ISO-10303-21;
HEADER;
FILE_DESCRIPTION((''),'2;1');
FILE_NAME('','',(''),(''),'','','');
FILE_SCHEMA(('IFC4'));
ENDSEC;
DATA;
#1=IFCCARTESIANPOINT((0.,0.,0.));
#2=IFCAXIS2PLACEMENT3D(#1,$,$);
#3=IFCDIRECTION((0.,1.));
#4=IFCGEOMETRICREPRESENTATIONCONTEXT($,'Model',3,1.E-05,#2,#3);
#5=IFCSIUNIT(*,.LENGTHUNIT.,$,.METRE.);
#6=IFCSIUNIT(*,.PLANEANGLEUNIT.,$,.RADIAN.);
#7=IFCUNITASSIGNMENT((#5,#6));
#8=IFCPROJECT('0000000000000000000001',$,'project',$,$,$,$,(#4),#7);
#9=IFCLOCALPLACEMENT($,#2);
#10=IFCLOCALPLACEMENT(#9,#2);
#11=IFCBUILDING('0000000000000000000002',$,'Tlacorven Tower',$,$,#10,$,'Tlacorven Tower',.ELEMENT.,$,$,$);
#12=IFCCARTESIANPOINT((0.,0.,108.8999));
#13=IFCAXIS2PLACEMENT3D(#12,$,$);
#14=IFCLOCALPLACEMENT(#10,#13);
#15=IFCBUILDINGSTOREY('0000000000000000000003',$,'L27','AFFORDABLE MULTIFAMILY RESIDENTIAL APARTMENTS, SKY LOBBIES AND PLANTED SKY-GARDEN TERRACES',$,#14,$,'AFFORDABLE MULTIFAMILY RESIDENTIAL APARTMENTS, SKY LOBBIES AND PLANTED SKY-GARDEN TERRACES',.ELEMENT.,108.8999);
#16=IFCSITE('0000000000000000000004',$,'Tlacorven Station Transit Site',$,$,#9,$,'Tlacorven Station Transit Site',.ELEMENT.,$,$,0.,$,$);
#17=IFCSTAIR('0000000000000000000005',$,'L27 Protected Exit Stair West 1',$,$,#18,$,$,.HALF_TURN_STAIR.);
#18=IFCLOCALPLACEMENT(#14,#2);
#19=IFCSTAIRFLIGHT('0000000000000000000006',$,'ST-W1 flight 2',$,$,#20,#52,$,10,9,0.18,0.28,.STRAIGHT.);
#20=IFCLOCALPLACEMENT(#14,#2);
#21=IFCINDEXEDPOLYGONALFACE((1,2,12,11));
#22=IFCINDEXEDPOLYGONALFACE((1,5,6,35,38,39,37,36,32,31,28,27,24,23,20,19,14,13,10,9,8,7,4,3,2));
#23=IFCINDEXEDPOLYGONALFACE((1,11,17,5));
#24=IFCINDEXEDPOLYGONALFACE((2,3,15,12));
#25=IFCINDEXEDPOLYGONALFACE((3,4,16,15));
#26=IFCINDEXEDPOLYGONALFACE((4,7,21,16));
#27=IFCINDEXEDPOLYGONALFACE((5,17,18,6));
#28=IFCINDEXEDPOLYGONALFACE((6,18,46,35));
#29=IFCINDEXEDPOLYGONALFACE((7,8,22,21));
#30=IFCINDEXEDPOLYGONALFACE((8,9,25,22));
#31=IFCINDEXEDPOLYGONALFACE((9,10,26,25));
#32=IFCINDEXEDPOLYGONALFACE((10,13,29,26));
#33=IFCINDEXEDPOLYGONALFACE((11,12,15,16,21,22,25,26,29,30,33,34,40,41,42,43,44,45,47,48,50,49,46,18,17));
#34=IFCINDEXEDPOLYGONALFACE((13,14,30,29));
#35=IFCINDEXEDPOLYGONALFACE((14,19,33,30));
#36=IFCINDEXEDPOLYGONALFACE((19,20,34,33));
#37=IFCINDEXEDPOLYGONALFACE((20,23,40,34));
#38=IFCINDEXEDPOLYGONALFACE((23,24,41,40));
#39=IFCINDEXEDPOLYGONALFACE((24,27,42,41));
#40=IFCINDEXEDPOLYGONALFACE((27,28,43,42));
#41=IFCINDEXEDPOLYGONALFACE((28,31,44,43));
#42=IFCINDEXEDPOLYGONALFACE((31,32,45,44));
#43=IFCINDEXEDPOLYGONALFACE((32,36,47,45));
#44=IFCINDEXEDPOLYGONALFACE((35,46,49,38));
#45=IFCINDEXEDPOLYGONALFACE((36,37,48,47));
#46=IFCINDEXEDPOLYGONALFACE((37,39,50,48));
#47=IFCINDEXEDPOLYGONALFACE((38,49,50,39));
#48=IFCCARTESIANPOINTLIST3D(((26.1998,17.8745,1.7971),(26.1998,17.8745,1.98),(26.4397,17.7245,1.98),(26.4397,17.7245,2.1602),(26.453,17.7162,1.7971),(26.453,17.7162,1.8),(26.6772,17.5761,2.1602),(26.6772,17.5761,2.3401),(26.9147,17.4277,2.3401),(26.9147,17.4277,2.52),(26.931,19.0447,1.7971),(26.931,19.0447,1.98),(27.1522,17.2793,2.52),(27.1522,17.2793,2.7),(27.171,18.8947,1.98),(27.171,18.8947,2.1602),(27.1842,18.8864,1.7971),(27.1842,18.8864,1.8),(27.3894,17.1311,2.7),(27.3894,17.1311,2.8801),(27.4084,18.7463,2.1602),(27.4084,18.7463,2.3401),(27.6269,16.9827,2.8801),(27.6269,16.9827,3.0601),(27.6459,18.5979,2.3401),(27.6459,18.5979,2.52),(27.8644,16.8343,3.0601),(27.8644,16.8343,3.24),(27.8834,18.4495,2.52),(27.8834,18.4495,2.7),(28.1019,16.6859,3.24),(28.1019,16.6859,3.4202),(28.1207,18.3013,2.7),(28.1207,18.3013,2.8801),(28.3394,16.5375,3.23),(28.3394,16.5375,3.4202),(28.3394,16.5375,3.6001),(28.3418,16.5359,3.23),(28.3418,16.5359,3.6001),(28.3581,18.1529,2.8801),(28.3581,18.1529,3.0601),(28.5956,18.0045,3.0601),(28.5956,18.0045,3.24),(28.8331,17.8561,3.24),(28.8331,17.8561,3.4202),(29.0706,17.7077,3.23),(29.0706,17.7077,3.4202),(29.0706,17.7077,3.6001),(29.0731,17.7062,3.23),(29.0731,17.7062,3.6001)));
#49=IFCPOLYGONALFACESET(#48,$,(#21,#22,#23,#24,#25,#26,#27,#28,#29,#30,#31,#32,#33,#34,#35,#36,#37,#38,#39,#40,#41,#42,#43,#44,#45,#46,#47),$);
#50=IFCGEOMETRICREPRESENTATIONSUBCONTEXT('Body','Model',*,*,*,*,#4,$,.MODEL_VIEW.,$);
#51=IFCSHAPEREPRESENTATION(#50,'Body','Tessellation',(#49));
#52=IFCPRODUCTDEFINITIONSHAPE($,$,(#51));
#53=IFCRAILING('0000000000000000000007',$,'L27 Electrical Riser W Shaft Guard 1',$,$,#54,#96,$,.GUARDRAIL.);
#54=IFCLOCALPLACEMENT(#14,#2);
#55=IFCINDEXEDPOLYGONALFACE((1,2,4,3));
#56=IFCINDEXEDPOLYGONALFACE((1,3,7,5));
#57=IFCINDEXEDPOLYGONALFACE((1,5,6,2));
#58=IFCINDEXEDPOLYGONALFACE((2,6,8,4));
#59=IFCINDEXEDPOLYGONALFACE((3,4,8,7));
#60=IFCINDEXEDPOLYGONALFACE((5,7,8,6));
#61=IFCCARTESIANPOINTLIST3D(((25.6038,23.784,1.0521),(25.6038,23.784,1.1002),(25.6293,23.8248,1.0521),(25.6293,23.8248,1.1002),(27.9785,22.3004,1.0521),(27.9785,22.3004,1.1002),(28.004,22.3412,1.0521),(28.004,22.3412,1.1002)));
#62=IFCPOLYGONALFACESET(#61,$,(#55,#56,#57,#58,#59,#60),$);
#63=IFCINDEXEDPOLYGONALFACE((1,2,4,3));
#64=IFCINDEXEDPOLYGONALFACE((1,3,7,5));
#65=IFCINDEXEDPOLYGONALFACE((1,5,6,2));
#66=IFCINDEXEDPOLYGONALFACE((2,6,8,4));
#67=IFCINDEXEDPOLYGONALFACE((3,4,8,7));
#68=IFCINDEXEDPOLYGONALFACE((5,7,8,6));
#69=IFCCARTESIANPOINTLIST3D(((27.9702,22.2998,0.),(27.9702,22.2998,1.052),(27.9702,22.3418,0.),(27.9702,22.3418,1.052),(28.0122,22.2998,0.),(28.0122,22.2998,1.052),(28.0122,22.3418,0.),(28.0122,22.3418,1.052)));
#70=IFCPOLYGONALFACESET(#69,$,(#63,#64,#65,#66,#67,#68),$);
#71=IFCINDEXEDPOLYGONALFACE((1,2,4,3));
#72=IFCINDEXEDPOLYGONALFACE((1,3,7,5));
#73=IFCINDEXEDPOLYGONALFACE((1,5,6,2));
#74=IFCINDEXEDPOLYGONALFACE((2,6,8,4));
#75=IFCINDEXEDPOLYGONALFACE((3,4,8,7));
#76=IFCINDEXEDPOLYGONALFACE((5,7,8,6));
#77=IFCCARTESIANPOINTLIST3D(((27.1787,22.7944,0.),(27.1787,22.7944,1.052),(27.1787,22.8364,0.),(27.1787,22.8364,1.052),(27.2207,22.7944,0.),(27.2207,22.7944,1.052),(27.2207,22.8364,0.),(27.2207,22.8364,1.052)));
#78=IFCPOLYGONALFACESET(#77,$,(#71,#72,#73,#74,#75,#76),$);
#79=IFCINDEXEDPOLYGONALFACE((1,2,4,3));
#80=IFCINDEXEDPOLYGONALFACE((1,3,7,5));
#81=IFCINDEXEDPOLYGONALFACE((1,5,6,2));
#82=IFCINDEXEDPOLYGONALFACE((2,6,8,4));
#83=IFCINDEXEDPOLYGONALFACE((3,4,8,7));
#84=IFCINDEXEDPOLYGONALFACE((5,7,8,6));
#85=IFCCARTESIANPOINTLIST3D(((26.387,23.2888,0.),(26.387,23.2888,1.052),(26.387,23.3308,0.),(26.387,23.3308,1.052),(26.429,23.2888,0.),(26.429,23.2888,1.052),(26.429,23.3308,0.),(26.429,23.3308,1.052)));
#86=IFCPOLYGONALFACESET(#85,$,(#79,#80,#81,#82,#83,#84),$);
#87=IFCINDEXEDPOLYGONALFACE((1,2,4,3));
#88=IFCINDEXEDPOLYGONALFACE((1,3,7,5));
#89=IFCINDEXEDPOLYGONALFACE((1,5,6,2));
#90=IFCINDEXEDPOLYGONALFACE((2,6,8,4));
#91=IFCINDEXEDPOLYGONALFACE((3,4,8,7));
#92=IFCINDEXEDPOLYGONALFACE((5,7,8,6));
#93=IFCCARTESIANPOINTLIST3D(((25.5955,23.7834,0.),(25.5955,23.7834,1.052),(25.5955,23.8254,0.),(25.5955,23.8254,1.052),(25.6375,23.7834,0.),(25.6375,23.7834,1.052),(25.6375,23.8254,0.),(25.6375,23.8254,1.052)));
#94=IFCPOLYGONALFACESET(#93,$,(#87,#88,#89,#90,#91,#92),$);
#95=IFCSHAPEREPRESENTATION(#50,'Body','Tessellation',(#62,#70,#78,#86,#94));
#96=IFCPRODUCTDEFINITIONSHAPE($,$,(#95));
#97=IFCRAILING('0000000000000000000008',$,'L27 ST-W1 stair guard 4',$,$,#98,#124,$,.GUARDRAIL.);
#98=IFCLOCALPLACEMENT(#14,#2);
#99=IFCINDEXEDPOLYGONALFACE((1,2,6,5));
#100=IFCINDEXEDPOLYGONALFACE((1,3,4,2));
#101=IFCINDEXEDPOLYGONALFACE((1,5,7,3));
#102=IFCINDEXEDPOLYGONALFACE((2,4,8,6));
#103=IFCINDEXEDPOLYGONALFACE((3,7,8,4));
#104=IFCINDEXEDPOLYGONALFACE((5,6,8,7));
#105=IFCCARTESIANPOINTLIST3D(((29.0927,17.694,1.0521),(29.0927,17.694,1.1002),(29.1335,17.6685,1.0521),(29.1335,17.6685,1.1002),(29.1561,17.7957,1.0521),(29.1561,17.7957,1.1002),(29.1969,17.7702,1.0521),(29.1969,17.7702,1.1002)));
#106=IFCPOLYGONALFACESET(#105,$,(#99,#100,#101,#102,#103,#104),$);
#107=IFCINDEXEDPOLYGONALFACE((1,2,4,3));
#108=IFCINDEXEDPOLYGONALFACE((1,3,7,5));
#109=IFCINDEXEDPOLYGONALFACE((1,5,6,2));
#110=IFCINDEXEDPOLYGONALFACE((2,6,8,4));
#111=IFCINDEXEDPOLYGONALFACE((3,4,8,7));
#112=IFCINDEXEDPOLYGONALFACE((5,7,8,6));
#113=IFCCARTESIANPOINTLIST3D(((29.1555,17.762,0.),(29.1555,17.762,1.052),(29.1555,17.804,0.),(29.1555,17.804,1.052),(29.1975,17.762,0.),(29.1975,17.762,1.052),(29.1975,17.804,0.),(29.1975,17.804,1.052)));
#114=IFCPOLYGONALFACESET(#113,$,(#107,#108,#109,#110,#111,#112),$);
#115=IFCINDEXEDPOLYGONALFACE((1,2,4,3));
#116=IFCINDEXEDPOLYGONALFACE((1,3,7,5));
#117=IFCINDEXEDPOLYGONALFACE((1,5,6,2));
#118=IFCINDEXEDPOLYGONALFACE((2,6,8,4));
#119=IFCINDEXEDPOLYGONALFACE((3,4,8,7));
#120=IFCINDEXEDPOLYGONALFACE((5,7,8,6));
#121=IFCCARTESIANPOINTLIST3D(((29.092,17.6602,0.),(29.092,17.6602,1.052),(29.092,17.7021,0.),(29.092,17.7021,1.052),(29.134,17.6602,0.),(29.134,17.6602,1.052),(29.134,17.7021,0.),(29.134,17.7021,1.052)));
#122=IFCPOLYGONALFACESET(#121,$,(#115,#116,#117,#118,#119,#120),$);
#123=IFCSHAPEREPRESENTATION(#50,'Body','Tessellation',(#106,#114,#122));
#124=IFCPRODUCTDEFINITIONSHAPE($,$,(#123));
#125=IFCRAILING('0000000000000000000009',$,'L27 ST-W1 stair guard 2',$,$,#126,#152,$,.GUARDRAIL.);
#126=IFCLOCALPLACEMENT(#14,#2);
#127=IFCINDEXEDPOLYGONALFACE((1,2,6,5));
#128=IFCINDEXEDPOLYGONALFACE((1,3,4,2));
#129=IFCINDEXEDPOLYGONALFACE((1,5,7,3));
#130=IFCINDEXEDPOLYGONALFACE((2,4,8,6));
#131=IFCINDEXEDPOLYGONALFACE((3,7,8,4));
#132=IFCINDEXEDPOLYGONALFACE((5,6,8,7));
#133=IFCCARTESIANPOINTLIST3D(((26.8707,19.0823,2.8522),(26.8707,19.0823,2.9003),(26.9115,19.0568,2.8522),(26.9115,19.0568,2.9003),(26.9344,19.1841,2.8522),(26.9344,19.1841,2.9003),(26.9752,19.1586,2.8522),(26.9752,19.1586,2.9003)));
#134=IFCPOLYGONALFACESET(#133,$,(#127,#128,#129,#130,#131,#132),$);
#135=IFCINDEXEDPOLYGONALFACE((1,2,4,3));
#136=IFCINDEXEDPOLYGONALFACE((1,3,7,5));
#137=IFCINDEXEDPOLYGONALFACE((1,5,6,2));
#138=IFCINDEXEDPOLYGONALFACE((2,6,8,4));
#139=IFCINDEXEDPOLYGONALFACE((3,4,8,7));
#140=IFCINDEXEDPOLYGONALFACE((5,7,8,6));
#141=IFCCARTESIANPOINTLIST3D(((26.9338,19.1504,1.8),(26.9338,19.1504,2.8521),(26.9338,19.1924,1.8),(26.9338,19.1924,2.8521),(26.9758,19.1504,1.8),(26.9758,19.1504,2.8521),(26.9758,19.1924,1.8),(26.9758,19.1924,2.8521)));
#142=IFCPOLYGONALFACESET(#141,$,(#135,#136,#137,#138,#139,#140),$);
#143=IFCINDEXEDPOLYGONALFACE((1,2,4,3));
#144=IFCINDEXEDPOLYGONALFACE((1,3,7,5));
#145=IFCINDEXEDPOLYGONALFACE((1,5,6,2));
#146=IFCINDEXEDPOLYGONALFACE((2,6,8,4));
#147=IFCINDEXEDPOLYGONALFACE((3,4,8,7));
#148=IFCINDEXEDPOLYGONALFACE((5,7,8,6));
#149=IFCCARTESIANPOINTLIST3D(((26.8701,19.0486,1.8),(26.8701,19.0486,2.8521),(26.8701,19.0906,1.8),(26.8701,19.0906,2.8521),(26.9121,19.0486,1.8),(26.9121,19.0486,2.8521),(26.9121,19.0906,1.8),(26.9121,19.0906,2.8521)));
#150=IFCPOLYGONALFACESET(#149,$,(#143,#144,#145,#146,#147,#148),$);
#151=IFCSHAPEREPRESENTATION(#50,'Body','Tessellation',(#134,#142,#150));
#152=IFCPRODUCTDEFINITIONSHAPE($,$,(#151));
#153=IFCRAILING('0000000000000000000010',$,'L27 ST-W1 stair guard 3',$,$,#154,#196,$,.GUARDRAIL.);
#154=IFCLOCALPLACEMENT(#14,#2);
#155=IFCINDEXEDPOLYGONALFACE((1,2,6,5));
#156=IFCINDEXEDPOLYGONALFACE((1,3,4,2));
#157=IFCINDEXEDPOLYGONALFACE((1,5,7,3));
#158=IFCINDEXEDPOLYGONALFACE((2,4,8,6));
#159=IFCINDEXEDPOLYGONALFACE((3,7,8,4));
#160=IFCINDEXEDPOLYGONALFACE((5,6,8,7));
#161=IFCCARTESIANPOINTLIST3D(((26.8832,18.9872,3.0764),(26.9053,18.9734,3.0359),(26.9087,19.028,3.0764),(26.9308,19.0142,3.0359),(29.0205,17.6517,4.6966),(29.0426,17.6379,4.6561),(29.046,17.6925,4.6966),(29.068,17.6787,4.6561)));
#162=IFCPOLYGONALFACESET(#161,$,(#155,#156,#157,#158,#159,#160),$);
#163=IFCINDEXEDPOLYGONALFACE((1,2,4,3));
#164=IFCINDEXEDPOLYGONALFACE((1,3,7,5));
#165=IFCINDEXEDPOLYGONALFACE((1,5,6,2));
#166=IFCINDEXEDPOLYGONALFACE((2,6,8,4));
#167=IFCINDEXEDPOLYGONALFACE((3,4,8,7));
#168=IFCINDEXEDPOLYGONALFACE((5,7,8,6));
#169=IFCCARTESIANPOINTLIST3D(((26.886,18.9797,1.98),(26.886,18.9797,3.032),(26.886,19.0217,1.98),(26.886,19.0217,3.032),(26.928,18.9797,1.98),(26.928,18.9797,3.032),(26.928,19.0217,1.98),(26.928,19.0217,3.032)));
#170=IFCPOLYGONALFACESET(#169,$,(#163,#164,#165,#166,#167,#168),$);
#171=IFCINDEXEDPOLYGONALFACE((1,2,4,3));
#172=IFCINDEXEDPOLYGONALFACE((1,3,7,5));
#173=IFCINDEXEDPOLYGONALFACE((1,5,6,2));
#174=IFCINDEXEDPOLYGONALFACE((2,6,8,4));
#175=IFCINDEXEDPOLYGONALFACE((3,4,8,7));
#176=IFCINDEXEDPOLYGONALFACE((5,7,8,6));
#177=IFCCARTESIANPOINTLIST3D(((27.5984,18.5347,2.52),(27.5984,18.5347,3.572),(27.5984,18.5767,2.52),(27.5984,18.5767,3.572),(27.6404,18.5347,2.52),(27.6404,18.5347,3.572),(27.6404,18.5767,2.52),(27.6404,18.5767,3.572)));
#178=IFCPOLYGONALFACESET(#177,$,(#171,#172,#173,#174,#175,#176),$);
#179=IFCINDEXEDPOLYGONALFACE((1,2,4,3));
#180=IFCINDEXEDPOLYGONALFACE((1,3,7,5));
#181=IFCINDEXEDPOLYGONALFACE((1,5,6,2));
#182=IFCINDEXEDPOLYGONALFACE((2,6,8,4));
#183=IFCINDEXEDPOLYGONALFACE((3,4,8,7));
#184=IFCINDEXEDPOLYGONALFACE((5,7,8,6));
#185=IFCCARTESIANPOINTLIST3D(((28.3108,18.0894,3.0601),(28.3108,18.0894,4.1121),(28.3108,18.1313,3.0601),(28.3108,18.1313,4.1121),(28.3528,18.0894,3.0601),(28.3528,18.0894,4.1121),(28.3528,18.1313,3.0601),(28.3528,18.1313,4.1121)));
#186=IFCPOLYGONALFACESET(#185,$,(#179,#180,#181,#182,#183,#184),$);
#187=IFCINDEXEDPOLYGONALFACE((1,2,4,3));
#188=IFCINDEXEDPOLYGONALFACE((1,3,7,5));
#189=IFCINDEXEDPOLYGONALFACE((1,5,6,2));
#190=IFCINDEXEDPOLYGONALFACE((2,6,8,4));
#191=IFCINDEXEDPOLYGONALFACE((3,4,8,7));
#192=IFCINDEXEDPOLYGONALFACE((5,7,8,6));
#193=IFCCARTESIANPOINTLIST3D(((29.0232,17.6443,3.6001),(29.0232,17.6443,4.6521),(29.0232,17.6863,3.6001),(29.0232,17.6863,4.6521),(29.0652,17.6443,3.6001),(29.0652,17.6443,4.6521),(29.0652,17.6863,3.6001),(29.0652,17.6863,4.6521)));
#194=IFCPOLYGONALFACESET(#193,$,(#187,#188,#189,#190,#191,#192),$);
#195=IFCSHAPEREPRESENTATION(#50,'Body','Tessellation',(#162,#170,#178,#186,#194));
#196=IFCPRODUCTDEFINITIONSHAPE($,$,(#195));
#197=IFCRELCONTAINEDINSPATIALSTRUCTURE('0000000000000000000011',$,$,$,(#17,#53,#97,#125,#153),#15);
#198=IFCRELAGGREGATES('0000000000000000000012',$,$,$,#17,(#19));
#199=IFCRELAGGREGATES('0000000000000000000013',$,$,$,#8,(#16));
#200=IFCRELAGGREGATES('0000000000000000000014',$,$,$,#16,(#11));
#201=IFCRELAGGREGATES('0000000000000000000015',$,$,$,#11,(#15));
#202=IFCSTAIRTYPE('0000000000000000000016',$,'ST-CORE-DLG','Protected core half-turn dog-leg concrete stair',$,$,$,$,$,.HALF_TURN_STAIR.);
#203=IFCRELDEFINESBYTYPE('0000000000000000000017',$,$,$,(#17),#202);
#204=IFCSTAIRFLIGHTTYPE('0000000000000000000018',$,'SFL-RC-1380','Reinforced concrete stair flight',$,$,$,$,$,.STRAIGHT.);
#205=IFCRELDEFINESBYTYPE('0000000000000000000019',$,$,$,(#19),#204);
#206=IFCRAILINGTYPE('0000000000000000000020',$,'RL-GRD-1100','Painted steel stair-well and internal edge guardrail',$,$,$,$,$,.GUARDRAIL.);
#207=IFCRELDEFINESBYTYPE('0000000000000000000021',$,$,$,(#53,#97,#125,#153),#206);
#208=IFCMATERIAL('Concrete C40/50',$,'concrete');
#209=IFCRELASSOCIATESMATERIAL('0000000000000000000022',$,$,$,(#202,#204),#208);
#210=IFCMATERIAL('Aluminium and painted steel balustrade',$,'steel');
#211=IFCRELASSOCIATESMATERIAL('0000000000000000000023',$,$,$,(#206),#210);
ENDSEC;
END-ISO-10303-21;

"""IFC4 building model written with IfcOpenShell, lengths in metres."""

from ifc_helpers import new_model, si_unit, direction, frame, origin, origin_2d, place, context, subcontext, project, spatial, polyline, rectangle, outline, extrude, source, transform, mapped, material, type_object, element, aggregate, save


model = new_model("IFC4")

# Units and contexts
model_context = context("Model", 3, precision=1e-05, world=origin(), true_north=direction((0.0, 1.0)))
body_context = subcontext(model_context, "Body", "Model", "MODEL_VIEW")
ifc_project = project(units=[si_unit("LENGTHUNIT", "METRE"), si_unit("PLANEANGLEUNIT", "RADIAN")], contexts=[model_context])

# Site, building, storey
site_placement = place(None, origin())
site = spatial("IfcSite", under=ifc_project, at=site_placement, Name="Tlacorven Station Transit Site", LongName="Tlacorven Station Transit Site", CompositionType="ELEMENT", RefElevation=0.0)
building_placement = place(site_placement, origin())
building = spatial("IfcBuilding", under=site, at=building_placement, Name="Tlacorven Tower", LongName="Tlacorven Tower", CompositionType="ELEMENT")
storey_placement = place(building_placement, frame((0.0, 0.0, 108.8999)))
storey = spatial("IfcBuildingStorey", under=building, at=storey_placement, Name="L27", Description="AFFORDABLE MULTIFAMILY RESIDENTIAL APARTMENTS, SKY LOBBIES AND PLANTED SKY-GARDEN TERRACES", LongName="AFFORDABLE MULTIFAMILY RESIDENTIAL APARTMENTS, SKY LOBBIES AND PLANTED SKY-GARDEN TERRACES", CompositionType="ELEMENT", Elevation=108.8999)

# Shared definitions
ifc_material_1 = material(Name="Concrete C40/50", Category="concrete")

# Stair, stair flight
stair_type = type_object("IfcStairType", Name="ST-CORE-DLG", Description="Protected core half-turn dog-leg concrete stair", PredefinedType="HALF_TURN_STAIR", material=ifc_material_1)
stair_placement = place(storey_placement, origin())
stair = element("IfcStair", 1, at=stair_placement, inside=storey, type_object=stair_type, Name="L27 Protected Exit Stair West 1", PredefinedType="HALF_TURN_STAIR")
stair_flight_type = type_object("IfcStairFlightType", Name="SFL-RC-1380", Description="Reinforced concrete stair flight", PredefinedType="STRAIGHT", material=ifc_material_1)
shared_shape_1 = source(origin(), body_context, "Body", "SweptSolid", [
    extrude(outline(polyline([(-0.0029, -0.0029), (-0.0029, 0.1799), (0.28, 0.1799), (0.28, 0.3601), (0.5601, 0.3601), (0.5601, 0.54), (0.8401, 0.54), (0.8401, 0.72), (1.1201, 0.72), (1.1201, 0.8999), (1.3999, 0.8999), (1.3999, 1.0801), (1.6799, 1.0801), (1.6799, 1.26), (1.96, 1.26), (1.96, 1.4399), (2.24, 1.4399), (2.24, 1.6201), (2.52, 1.6201), (2.52, 1.8), (2.5229, 1.8), (2.5229, 1.4299), (2.52, 1.4299), (0.2957, 0.0), (0.2957, -0.0029), (-0.0029, -0.0029)])), frame((0.0, 0.6899, 0.0), z_axis=(0.0, -1.0, 0.0), x_axis=(1.0, 0.0, 0.0)), (0.0, 0.0, 1.0), 1.3799),
])
stair_flight_1_placement = place(storey_placement, frame((26.5679, 18.458, 1.8), z_axis=(0.0, 0.0, 1.0), x_axis=(0.848048, -0.529919, 0.0)))
stair_flight_1 = element("IfcStairFlight", 2, at=stair_flight_1_placement, type_object=stair_flight_type, Name="ST-W1 flight 2", NumberOfRisers=10, NumberOfTreads=9, PredefinedType="STRAIGHT", RiserHeight=0.18, TreadLength=0.28, context=body_context, shape_type="MappedRepresentation", body=[
    mapped(shared_shape_1, transform((0.0, 0.0, 0.0), scale=1.0)),
])
aggregate(stair, [stair_flight_1])

# Railings
ifc_material_2 = material(Name="Aluminium and painted steel balustrade", Category="steel")
railing_type_1 = type_object("IfcRailingType", Name="RL-GRD-1100", Description="Painted steel stair-well and internal edge guardrail", PredefinedType="GUARDRAIL", material=ifc_material_2)
shared_shape_2 = source(origin(), body_context, "Body", "SweptSolid", [
    extrude(rectangle(XDim=0.0481, YDim=0.0481, at=origin_2d()), frame((0.0, 0.0, 1.0762), z_axis=(-0.848091, 0.52985, 0.0), x_axis=(-0.52985, -0.848091, 0.0)), (0.0, 0.0, 1.0), 2.8),
    extrude(rectangle(XDim=0.042, YDim=0.042, at=origin_2d()), origin(), (0.0, 0.0, 1.0), 1.052),
    extrude(rectangle(XDim=0.042, YDim=0.042, at=origin_2d()), frame((-0.7915, 0.4946, 0.0)), (0.0, 0.0, 1.0), 1.052),
    extrude(rectangle(XDim=0.042, YDim=0.042, at=origin_2d()), frame((-1.5833, 0.989, 0.0)), (0.0, 0.0, 1.0), 1.052),
    extrude(rectangle(XDim=0.042, YDim=0.042, at=origin_2d()), frame((-2.3748, 1.4836, 0.0)), (0.0, 0.0, 1.0), 1.052),
])
railing_1_placement = place(storey_placement, frame((27.9912, 22.3208, 0.0)))
element("IfcRailing", 3, at=railing_1_placement, inside=storey, type_object=railing_type_1, Name="L27 Electrical Riser W Shaft Guard 1", PredefinedType="GUARDRAIL", context=body_context, shape_type="MappedRepresentation", body=[
    mapped(shared_shape_2, transform((0.0, 0.0, 0.0), scale=1.0)),
])
shared_shape_3 = source(origin(), body_context, "Body", "SweptSolid", [
    extrude(rectangle(XDim=0.0481, YDim=0.0481, at=origin_2d()), frame((0.0, 0.0, 1.0762), z_axis=(-0.529084, -0.848569, 0.0), x_axis=(0.848569, -0.529084, 0.0)), (0.0, 0.0, 1.0), 0.1199),
    extrude(rectangle(XDim=0.042, YDim=0.042, at=origin_2d()), origin(), (0.0, 0.0, 1.0), 1.052),
    extrude(rectangle(XDim=0.042, YDim=0.042, at=origin_2d()), frame((-0.0635, -0.1018, 0.0)), (0.0, 0.0, 1.0), 1.052),
])
railing_2_placement = place(storey_placement, frame((29.1765, 17.783, 0.0)))
element("IfcRailing", 4, at=railing_2_placement, inside=storey, type_object=railing_type_1, Name="L27 ST-W1 stair guard 4", PredefinedType="GUARDRAIL", context=body_context, shape_type="MappedRepresentation", body=[
    mapped(shared_shape_3, transform((0.0, 0.0, 0.0), scale=1.0)),
])
shared_shape_4 = source(origin(), body_context, "Body", "SweptSolid", [
    extrude(rectangle(XDim=0.0481, YDim=0.0481, at=origin_2d()), frame((0.0, 0.0, 1.0762), z_axis=(-0.530547, -0.847656, 0.0), x_axis=(0.847656, -0.530547, 0.0)), (0.0, 0.0, 1.0), 0.1201),
    extrude(rectangle(XDim=0.042, YDim=0.042, at=origin_2d()), origin(), (0.0, 0.0, 1.0), 1.052),
    extrude(rectangle(XDim=0.042, YDim=0.042, at=origin_2d()), frame((-0.0637, -0.1018, 0.0)), (0.0, 0.0, 1.0), 1.052),
])
railing_3_placement = place(storey_placement, frame((26.9548, 19.1714, 1.8)))
element("IfcRailing", 5, at=railing_3_placement, inside=storey, type_object=railing_type_1, Name="L27 ST-W1 stair guard 2", PredefinedType="GUARDRAIL", context=body_context, shape_type="MappedRepresentation", body=[
    mapped(shared_shape_4, transform((0.0, 0.0, 0.0), scale=1.0)),
])
shared_shape_5 = source(origin(), body_context, "Body", "SweptSolid", [
    extrude(rectangle(XDim=0.0481, YDim=0.0481, at=origin_2d()), frame((0.0, 0.0, 1.0762), z_axis=(0.71336, -0.445748, 0.540765), x_axis=(0.529912, 0.848053, 0.0)), (0.0, 0.0, 1.0), 2.9961),
    extrude(rectangle(XDim=0.042, YDim=0.042, at=origin_2d()), origin(), (0.0, 0.0, 1.0), 1.052),
    extrude(rectangle(XDim=0.042, YDim=0.042, at=origin_2d()), frame((0.7124, -0.4451, 0.54)), (0.0, 0.0, 1.0), 1.052),
    extrude(rectangle(XDim=0.042, YDim=0.042, at=origin_2d()), frame((1.4248, -0.8904, 1.0801)), (0.0, 0.0, 1.0), 1.052),
    extrude(rectangle(XDim=0.042, YDim=0.042, at=origin_2d()), frame((2.1372, -1.3354, 1.6201)), (0.0, 0.0, 1.0), 1.052),
])
railing_4_placement = place(storey_placement, frame((26.907, 19.0007, 1.98)))
element("IfcRailing", 6, at=railing_4_placement, inside=storey, type_object=railing_type_1, Name="L27 ST-W1 stair guard 3", PredefinedType="GUARDRAIL", context=body_context, shape_type="MappedRepresentation", body=[
    mapped(shared_shape_5, transform((0.0, 0.0, 0.0), scale=1.0)),
])

save(model, "model.ifc")
